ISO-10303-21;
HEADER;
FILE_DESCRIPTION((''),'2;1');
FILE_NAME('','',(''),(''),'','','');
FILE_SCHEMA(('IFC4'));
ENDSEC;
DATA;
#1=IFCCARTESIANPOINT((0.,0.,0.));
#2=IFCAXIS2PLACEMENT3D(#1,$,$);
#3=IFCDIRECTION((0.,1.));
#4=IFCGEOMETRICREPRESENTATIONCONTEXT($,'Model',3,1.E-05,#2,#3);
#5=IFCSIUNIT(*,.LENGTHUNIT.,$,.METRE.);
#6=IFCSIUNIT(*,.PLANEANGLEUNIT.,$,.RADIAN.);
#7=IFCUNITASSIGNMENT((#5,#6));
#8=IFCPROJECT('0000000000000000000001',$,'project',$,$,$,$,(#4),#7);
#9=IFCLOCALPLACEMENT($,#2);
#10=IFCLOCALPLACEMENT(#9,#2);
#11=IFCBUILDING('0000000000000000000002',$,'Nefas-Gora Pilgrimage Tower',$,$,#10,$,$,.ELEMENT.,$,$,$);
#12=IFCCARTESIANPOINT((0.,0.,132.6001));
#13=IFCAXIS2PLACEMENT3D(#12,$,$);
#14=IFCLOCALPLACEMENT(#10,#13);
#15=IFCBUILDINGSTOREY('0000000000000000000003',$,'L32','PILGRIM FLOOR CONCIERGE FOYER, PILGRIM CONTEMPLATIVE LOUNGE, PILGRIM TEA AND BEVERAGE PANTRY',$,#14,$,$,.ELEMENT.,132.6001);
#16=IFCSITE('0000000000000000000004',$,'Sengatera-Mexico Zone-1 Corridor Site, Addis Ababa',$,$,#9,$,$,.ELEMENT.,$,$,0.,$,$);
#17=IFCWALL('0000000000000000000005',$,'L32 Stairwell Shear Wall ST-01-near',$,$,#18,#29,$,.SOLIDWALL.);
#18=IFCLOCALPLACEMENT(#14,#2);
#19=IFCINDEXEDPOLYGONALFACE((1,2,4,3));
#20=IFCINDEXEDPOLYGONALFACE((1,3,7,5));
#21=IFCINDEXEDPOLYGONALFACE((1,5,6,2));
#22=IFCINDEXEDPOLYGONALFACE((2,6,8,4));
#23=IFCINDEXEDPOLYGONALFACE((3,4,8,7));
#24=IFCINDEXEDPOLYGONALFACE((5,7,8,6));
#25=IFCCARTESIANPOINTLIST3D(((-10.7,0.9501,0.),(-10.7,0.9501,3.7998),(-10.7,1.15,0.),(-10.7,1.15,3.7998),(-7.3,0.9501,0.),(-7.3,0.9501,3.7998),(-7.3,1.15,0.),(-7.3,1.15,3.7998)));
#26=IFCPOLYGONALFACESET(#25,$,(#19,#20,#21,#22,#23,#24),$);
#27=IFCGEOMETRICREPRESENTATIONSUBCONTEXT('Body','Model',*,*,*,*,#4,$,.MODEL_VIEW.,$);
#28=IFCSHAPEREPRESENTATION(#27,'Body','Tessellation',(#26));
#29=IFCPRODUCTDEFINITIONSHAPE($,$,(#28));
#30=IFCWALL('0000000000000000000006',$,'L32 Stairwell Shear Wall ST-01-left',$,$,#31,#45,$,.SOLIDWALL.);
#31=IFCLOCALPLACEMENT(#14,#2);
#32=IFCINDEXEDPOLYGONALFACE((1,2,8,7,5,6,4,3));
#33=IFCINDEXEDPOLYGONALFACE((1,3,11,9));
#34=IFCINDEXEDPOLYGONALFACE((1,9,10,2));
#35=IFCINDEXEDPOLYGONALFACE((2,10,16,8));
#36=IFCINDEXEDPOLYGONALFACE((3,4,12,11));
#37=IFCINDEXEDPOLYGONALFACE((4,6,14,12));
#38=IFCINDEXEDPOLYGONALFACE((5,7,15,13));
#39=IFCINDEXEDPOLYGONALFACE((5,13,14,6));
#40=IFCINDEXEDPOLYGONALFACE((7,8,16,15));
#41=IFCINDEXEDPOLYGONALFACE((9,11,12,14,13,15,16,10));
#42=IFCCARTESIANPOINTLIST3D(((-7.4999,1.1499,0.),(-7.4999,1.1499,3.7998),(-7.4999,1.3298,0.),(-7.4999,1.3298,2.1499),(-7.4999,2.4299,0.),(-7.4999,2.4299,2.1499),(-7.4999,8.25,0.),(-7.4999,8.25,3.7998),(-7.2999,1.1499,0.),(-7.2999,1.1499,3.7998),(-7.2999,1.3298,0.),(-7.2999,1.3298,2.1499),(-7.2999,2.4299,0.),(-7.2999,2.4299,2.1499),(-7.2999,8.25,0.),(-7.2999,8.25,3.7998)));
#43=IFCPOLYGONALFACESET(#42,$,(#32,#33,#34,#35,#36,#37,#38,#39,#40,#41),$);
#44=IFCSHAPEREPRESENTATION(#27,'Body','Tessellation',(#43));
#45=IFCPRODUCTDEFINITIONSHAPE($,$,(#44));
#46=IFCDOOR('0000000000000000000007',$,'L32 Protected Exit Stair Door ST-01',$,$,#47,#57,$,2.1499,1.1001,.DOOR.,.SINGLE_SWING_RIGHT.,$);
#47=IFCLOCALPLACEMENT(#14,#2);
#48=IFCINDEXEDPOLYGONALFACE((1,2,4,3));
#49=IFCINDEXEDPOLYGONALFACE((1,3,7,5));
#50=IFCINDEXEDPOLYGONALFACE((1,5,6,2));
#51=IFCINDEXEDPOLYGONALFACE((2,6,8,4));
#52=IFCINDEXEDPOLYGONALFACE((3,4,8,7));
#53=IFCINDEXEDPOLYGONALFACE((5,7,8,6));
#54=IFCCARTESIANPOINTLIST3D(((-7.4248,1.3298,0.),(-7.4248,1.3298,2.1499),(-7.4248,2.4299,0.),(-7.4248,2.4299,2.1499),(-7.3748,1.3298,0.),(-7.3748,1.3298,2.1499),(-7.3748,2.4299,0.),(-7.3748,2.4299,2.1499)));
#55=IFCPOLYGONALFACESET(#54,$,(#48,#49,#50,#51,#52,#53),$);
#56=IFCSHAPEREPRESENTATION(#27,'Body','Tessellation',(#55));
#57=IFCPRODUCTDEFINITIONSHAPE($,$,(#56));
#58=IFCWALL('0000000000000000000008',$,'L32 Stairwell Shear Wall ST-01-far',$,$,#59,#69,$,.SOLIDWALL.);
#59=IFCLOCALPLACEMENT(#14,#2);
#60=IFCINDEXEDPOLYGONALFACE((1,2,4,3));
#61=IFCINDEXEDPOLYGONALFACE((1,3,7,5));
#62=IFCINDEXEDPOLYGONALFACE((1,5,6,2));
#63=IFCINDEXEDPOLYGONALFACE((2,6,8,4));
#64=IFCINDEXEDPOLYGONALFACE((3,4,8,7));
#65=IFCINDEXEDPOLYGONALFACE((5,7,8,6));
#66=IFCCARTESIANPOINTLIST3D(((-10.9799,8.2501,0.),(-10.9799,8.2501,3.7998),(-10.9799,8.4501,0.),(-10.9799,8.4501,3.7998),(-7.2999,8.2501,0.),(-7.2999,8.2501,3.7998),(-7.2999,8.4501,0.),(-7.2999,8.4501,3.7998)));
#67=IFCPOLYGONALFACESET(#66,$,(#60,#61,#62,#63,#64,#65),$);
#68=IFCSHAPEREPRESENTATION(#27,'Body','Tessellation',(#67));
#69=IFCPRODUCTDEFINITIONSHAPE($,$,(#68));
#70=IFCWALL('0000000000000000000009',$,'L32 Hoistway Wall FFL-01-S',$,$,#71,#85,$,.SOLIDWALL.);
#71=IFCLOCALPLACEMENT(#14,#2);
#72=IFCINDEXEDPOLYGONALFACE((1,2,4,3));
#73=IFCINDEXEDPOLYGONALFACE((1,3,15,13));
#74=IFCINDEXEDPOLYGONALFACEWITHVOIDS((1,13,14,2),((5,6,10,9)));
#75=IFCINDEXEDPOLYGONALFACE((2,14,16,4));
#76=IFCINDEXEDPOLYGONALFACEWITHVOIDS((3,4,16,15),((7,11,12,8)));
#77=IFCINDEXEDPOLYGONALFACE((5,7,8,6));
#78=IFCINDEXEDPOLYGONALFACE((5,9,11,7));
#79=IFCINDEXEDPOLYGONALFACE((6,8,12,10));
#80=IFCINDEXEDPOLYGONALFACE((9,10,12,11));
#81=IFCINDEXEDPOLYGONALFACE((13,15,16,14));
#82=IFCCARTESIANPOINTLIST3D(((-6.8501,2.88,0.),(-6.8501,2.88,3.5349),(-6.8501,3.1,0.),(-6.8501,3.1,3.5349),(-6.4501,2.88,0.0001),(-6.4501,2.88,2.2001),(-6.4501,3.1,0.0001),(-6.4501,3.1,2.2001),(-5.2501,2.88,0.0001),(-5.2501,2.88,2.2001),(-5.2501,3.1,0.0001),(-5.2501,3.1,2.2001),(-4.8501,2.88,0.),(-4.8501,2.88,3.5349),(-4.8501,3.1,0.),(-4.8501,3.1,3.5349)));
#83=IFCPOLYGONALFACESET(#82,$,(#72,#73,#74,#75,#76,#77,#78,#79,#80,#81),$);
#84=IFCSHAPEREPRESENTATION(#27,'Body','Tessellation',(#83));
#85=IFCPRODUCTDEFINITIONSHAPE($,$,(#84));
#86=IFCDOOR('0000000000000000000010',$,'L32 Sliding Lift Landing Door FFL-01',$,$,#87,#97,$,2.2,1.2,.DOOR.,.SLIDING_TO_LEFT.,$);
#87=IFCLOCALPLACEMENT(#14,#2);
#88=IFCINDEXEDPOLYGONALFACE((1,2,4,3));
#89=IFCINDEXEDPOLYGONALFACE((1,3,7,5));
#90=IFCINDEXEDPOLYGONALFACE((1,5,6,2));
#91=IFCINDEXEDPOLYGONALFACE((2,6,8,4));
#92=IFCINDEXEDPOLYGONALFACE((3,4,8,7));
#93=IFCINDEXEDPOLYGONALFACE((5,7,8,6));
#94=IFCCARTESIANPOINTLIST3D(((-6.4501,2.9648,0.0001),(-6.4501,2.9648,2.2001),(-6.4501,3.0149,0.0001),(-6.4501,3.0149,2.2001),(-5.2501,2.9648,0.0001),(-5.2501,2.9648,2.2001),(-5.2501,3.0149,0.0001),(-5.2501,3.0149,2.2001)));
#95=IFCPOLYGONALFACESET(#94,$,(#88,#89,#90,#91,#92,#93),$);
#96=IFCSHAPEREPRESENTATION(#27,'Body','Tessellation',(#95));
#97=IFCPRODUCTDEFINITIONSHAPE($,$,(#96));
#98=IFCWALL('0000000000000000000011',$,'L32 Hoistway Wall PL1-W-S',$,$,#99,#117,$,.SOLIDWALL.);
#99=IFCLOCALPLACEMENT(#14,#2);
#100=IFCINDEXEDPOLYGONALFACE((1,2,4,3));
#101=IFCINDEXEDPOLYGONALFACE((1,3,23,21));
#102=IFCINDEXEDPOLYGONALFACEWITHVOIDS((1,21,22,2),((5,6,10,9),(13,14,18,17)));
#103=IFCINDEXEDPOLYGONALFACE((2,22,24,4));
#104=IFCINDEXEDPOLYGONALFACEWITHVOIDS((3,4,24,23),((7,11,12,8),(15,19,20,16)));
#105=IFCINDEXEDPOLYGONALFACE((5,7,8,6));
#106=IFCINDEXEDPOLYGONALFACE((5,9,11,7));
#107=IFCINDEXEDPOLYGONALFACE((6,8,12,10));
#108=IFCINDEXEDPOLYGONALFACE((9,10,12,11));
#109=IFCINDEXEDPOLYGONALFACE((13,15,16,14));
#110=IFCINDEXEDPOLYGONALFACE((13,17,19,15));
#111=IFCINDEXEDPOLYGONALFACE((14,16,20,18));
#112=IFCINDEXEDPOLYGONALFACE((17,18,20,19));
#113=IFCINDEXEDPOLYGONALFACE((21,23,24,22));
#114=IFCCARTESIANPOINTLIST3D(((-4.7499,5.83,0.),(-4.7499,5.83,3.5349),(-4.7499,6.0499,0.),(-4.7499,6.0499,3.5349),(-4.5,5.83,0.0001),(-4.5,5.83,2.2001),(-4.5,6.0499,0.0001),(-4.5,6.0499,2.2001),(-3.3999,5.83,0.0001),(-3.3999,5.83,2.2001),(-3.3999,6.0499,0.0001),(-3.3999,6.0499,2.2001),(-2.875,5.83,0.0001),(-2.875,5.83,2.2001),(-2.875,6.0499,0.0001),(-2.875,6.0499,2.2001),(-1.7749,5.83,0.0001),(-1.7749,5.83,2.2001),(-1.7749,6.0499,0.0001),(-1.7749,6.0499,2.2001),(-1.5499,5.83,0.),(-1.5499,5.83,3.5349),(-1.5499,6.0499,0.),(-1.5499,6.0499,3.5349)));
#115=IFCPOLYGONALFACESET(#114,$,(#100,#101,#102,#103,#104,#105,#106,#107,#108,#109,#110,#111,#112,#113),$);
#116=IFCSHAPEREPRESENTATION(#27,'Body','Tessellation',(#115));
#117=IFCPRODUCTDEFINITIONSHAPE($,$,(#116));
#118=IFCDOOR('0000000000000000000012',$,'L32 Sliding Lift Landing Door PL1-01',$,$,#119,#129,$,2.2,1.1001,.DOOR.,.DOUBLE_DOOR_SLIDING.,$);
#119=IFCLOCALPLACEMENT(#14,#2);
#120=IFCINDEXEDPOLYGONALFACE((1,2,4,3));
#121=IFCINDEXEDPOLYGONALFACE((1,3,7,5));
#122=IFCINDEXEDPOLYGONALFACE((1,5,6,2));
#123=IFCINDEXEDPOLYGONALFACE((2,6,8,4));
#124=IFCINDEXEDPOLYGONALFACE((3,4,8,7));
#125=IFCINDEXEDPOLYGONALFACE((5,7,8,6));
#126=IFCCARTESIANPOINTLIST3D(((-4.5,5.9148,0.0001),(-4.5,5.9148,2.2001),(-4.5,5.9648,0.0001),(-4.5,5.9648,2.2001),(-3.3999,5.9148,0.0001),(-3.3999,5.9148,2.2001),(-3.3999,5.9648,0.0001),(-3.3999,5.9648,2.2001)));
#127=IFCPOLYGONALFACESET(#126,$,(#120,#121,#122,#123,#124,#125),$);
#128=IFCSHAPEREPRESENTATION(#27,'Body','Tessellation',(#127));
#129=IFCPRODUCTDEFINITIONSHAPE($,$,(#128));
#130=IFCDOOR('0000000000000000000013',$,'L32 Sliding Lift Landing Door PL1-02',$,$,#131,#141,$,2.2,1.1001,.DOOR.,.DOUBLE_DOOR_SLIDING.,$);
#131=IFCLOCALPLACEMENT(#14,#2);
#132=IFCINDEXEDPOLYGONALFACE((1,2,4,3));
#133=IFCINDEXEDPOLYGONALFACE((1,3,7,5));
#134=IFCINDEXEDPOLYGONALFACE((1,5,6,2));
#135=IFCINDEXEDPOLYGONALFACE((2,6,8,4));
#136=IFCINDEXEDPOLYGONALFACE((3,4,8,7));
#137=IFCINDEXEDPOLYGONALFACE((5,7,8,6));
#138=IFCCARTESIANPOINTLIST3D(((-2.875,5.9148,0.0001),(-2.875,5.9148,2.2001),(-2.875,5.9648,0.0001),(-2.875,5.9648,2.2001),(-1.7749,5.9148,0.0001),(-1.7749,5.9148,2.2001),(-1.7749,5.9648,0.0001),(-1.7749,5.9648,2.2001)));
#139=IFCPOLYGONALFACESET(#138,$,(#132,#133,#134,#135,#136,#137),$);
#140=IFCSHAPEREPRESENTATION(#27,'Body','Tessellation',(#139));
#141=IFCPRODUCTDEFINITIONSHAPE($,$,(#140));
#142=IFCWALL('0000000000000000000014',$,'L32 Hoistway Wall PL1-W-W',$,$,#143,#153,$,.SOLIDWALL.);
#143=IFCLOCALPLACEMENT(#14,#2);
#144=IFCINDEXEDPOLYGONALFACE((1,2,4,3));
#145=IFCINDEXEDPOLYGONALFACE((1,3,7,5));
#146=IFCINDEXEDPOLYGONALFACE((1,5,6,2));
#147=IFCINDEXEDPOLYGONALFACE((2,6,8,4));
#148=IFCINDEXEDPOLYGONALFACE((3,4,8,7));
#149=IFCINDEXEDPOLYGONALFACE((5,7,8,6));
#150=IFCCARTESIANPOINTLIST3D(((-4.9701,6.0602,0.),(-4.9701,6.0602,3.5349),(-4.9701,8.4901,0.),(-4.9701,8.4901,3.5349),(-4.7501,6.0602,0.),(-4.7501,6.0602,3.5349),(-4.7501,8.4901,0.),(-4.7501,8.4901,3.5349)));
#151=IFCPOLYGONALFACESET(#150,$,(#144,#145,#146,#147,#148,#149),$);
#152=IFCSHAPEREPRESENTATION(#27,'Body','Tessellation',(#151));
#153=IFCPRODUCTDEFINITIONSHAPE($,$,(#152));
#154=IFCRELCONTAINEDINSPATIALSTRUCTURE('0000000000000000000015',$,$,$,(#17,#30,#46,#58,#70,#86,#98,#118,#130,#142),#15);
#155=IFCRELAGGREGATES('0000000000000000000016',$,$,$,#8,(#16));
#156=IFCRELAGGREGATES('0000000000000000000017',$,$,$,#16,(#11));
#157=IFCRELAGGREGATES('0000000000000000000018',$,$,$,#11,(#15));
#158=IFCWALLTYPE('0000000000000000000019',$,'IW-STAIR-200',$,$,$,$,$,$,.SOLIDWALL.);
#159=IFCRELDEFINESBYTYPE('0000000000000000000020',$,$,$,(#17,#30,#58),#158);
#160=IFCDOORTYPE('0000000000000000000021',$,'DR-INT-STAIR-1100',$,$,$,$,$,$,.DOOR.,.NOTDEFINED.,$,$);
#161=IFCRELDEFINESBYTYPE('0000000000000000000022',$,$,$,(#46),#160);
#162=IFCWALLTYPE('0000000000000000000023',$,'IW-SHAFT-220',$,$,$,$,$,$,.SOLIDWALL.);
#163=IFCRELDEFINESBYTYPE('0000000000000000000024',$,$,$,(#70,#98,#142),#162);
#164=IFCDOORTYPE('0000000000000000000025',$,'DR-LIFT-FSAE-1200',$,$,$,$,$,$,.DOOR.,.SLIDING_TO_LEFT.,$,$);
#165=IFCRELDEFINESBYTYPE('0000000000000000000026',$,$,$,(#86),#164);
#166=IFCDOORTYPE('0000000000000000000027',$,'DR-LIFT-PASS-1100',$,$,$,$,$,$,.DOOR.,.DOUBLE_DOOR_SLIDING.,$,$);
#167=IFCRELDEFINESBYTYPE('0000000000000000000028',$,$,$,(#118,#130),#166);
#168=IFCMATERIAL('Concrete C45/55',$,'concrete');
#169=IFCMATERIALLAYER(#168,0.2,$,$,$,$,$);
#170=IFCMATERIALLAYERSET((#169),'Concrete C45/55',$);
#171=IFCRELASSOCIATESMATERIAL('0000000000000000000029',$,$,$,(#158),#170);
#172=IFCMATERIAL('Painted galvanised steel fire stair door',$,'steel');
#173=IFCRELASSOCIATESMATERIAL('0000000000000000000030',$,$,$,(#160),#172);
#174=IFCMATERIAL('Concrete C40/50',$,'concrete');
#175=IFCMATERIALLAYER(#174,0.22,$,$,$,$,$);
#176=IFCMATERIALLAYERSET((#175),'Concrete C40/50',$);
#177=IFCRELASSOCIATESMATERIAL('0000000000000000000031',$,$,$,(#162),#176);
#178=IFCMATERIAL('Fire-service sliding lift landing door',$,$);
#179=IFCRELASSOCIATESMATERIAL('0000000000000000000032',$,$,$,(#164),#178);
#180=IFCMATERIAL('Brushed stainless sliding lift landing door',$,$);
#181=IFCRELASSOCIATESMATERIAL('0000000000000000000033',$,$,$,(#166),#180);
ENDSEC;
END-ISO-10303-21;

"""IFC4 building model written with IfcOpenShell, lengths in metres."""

from ifc_helpers import new_model, si_unit, direction, frame, frame_2d, origin, place, context, subcontext, project, spatial, rectangle, extrude, source, transform, mapped, material, layer, layer_set, type_object, element, fill, save


model = new_model("IFC4")

# Units and contexts
model_context = context("Model", 3, precision=1e-05, world=origin(), true_north=direction((0.0, 1.0)))
body_context = subcontext(model_context, "Body", "Model", "MODEL_VIEW")
ifc_project = project(units=[si_unit("LENGTHUNIT", "METRE"), si_unit("PLANEANGLEUNIT", "RADIAN")], contexts=[model_context])

# Site, building, storey
site_placement = place(None, origin())
site = spatial("IfcSite", under=ifc_project, at=site_placement, Name="Sengatera-Mexico Zone-1 Corridor Site, Addis Ababa", CompositionType="ELEMENT", RefElevation=0.0)
building_placement = place(site_placement, origin())
building = spatial("IfcBuilding", under=site, at=building_placement, Name="Nefas-Gora Pilgrimage Tower", CompositionType="ELEMENT")
storey_placement = place(building_placement, frame((0.0, 0.0, 132.6001)))
storey = spatial("IfcBuildingStorey", under=building, at=storey_placement, Name="L32", Description="PILGRIM FLOOR CONCIERGE FOYER, PILGRIM CONTEMPLATIVE LOUNGE, PILGRIM TEA AND BEVERAGE PANTRY", CompositionType="ELEMENT", Elevation=132.6001)

# Wall
ifc_material_1 = material(Name="Concrete C45/55", Category="concrete")
ifc_layer_1 = layer(ifc_material_1, 0.2)
ifc_layer_set_1 = layer_set([ifc_layer_1], Name="Concrete C45/55")
wall_type_1 = type_object("IfcWallType", Name="IW-STAIR-200", PredefinedType="SOLIDWALL", material=ifc_layer_set_1)
shared_shape_1 = source(origin(), body_context, "Body", "SweptSolid", [
    extrude(rectangle(XDim=3.3999, YDim=0.2, at=frame_2d((1.7, 0.0))), origin(), (0.0, 0.0, 1.0), 3.7998),
])
wall_1_placement = place(storey_placement, frame((-7.3, 1.05, 0.0), z_axis=(0.0, 0.0, 1.0), x_axis=(-1.0, 0.0, 0.0)))
element("IfcWall", 1, at=wall_1_placement, inside=storey, type_object=wall_type_1, Name="L32 Stairwell Shear Wall ST-01-near", PredefinedType="SOLIDWALL", context=body_context, shape_type="MappedRepresentation", body=[
    mapped(shared_shape_1, transform((0.0, 0.0, 0.0), x_axis=(1.0, 0.0, 0.0), y_axis=(0.0, 1.0, 0.0), z_axis=(0.0, 0.0, 1.0), scale=1.0)),
])

# Wall, opening, door
shared_shape_2 = source(origin(), body_context, "Body", "SweptSolid", [
    extrude(rectangle(XDim=7.1001, YDim=0.2, at=frame_2d((3.55, 0.0))), origin(), (0.0, 0.0, 1.0), 3.7998),
])
wall_2_placement = place(storey_placement, frame((-7.3999, 1.1499, 0.0), z_axis=(0.0, 0.0, 1.0), x_axis=(0.0, 1.0, 0.0)))
wall_2 = element("IfcWall", 2, at=wall_2_placement, inside=storey, type_object=wall_type_1, Name="L32 Stairwell Shear Wall ST-01-left", PredefinedType="SOLIDWALL", context=body_context, shape_type="MappedRepresentation", body=[
    mapped(shared_shape_2, transform((0.0, 0.0, 0.0), x_axis=(1.0, 0.0, 0.0), y_axis=(0.0, 1.0, 0.0), z_axis=(0.0, 0.0, 1.0), scale=1.0)),
])
opening_1_placement = place(wall_2_placement, frame((0.1799, 0.0, 0.0)))
opening_1 = element("IfcOpeningElement", 3, at=opening_1_placement, cuts=wall_2, PredefinedType="OPENING", context=body_context, shape_type="SweptSolid", body=[
    extrude(rectangle(XDim=1.1001, YDim=2.1499, at=frame_2d((0.55, 1.075))), frame((0.0, 0.1099, 0.0), z_axis=(0.0, -1.0, 0.0), x_axis=(1.0, 0.0, 0.0)), (0.0, 0.0, 1.0), 0.22),
])
ifc_material_2 = material(Name="Painted galvanised steel fire stair door", Category="steel")
door_type_1 = type_object("IfcDoorType", Name="DR-INT-STAIR-1100", OperationType="NOTDEFINED", PredefinedType="DOOR", material=ifc_material_2)
shared_shape_3 = source(origin(), body_context, "Body", "SweptSolid", [
    extrude(rectangle(XDim=1.1001, YDim=2.1499, at=frame_2d((0.55, 1.075))), frame((0.0, 0.0249, 0.0), z_axis=(0.0, -1.0, 0.0), x_axis=(1.0, 0.0, 0.0)), (0.0, 0.0, 1.0), 0.05),
])
door_1_placement = place(opening_1_placement, origin())
door_1 = element("IfcDoor", 4, at=door_1_placement, inside=storey, type_object=door_type_1, Name="L32 Protected Exit Stair Door ST-01", OperationType="SINGLE_SWING_RIGHT", OverallHeight=2.1499, OverallWidth=1.1001, PredefinedType="DOOR", context=body_context, shape_type="MappedRepresentation", body=[
    mapped(shared_shape_3, transform((0.0, 0.0, 0.0), x_axis=(1.0, 0.0, 0.0), y_axis=(0.0, 1.0, 0.0), z_axis=(0.0, 0.0, 1.0), scale=1.0)),
])
fill(opening_1, door_1)

# Wall
shared_shape_4 = source(origin(), body_context, "Body", "SweptSolid", [
    extrude(rectangle(XDim=3.6799, YDim=0.2, at=frame_2d((1.8398, 0.0))), origin(), (0.0, 0.0, 1.0), 3.7998),
])
wall_3_placement = place(storey_placement, frame((-7.3, 8.3501, 0.0), z_axis=(0.0, 0.0, 1.0), x_axis=(-1.0, 0.0, 0.0)))
element("IfcWall", 5, at=wall_3_placement, inside=storey, type_object=wall_type_1, Name="L32 Stairwell Shear Wall ST-01-far", PredefinedType="SOLIDWALL", context=body_context, shape_type="MappedRepresentation", body=[
    mapped(shared_shape_4, transform((0.0, 0.0, 0.0), x_axis=(1.0, 0.0, 0.0), y_axis=(0.0, 1.0, 0.0), z_axis=(0.0, 0.0, 1.0), scale=1.0)),
])

# Wall, opening, door
ifc_material_3 = material(Name="Concrete C40/50", Category="concrete")
ifc_layer_2 = layer(ifc_material_3, 0.22)
ifc_layer_set_2 = layer_set([ifc_layer_2], Name="Concrete C40/50")
wall_type_2 = type_object("IfcWallType", Name="IW-SHAFT-220", PredefinedType="SOLIDWALL", material=ifc_layer_set_2)
shared_shape_5 = source(origin(), body_context, "Body", "SweptSolid", [
    extrude(rectangle(XDim=2.0, YDim=0.22, at=frame_2d((1.0, 0.0))), origin(), (0.0, 0.0, 1.0), 3.5349),
])
wall_4_placement = place(storey_placement, frame((-6.8501, 2.99, 0.0), z_axis=(0.0, 0.0, 1.0), x_axis=(1.0, 0.0, 0.0)))
wall_4 = element("IfcWall", 6, at=wall_4_placement, inside=storey, type_object=wall_type_2, Name="L32 Hoistway Wall FFL-01-S", PredefinedType="SOLIDWALL", context=body_context, shape_type="MappedRepresentation", body=[
    mapped(shared_shape_5, transform((0.0, 0.0, 0.0), x_axis=(1.0, 0.0, 0.0), y_axis=(0.0, 1.0, 0.0), z_axis=(0.0, 0.0, 1.0), scale=1.0)),
])
opening_2_placement = place(wall_4_placement, frame((0.3999, 0.0, 0.0)))
opening_2 = element("IfcOpeningElement", 7, at=opening_2_placement, cuts=wall_4, PredefinedType="OPENING", context=body_context, shape_type="SweptSolid", body=[
    extrude(rectangle(XDim=1.2, YDim=2.2, at=frame_2d((0.6001, 1.1001))), frame((0.0, 0.1199, 0.0), z_axis=(0.0, -1.0, 0.0), x_axis=(1.0, 0.0, 0.0)), (0.0, 0.0, 1.0), 0.24),
])
ifc_material_4 = material(Name="Fire-service sliding lift landing door")
door_type_2 = type_object("IfcDoorType", Name="DR-LIFT-FSAE-1200", OperationType="SLIDING_TO_LEFT", PredefinedType="DOOR", material=ifc_material_4)
shared_shape_6 = source(origin(), body_context, "Body", "SweptSolid", [
    extrude(rectangle(XDim=1.2, YDim=2.2, at=frame_2d((0.6001, 1.1001))), frame((0.0, 0.0249, 0.0), z_axis=(0.0, -1.0, 0.0), x_axis=(1.0, 0.0, 0.0)), (0.0, 0.0, 1.0), 0.05),
])
door_2_placement = place(opening_2_placement, origin())
door_2 = element("IfcDoor", 8, at=door_2_placement, inside=storey, type_object=door_type_2, Name="L32 Sliding Lift Landing Door FFL-01", OperationType="SLIDING_TO_LEFT", OverallHeight=2.2, OverallWidth=1.2, PredefinedType="DOOR", context=body_context, shape_type="MappedRepresentation", body=[
    mapped(shared_shape_6, transform((0.0, 0.0, 0.0), x_axis=(1.0, 0.0, 0.0), y_axis=(0.0, 1.0, 0.0), z_axis=(0.0, 0.0, 1.0), scale=1.0)),
])
fill(opening_2, door_2)

# Wall, openings, doors
shared_shape_7 = source(origin(), body_context, "Body", "SweptSolid", [
    extrude(rectangle(XDim=3.2, YDim=0.22, at=frame_2d((1.6001, 0.0))), origin(), (0.0, 0.0, 1.0), 3.5349),
])
wall_5_placement = place(storey_placement, frame((-4.75, 5.9399, 0.0), z_axis=(0.0, 0.0, 1.0), x_axis=(1.0, 0.0, 0.0)))
wall_5 = element("IfcWall", 9, at=wall_5_placement, inside=storey, type_object=wall_type_2, Name="L32 Hoistway Wall PL1-W-S", PredefinedType="SOLIDWALL", context=body_context, shape_type="MappedRepresentation", body=[
    mapped(shared_shape_7, transform((0.0, 0.0, 0.0), x_axis=(1.0, 0.0, 0.0), y_axis=(0.0, 1.0, 0.0), z_axis=(0.0, 0.0, 1.0), scale=1.0)),
])
opening_3_placement = place(wall_5_placement, frame((0.25, 0.0, 0.0)))
opening_3 = element("IfcOpeningElement", 10, at=opening_3_placement, cuts=wall_5, PredefinedType="OPENING", context=body_context, shape_type="SweptSolid", body=[
    extrude(rectangle(XDim=1.1001, YDim=2.2, at=frame_2d((0.55, 1.1001))), frame((0.0, 0.1199, 0.0), z_axis=(0.0, -1.0, 0.0), x_axis=(1.0, 0.0, 0.0)), (0.0, 0.0, 1.0), 0.24),
])
opening_4_placement = place(wall_5_placement, frame((1.875, 0.0, 0.0)))
opening_4 = element("IfcOpeningElement", 11, at=opening_4_placement, cuts=wall_5, PredefinedType="OPENING", context=body_context, shape_type="SweptSolid", body=[
    extrude(rectangle(XDim=1.1001, YDim=2.2, at=frame_2d((0.55, 1.1001))), frame((0.0, 0.1199, 0.0), z_axis=(0.0, -1.0, 0.0), x_axis=(1.0, 0.0, 0.0)), (0.0, 0.0, 1.0), 0.24),
])
ifc_material_5 = material(Name="Brushed stainless sliding lift landing door")
door_type_3 = type_object("IfcDoorType", Name="DR-LIFT-PASS-1100", OperationType="DOUBLE_DOOR_SLIDING", PredefinedType="DOOR", material=ifc_material_5)
shared_shape_8 = source(origin(), body_context, "Body", "SweptSolid", [
    extrude(rectangle(XDim=1.1001, YDim=2.2, at=frame_2d((0.55, 1.1001))), frame((0.0, 0.0249, 0.0), z_axis=(0.0, -1.0, 0.0), x_axis=(1.0, 0.0, 0.0)), (0.0, 0.0, 1.0), 0.05),
])
door_3_placement = place(opening_3_placement, origin())
door_3 = element("IfcDoor", 12, at=door_3_placement, inside=storey, type_object=door_type_3, Name="L32 Sliding Lift Landing Door PL1-01", OperationType="DOUBLE_DOOR_SLIDING", OverallHeight=2.2, OverallWidth=1.1001, PredefinedType="DOOR", context=body_context, shape_type="MappedRepresentation", body=[
    mapped(shared_shape_8, transform((0.0, 0.0, 0.0), x_axis=(1.0, 0.0, 0.0), y_axis=(0.0, 1.0, 0.0), z_axis=(0.0, 0.0, 1.0), scale=1.0)),
])
fill(opening_3, door_3)
door_4_placement = place(opening_4_placement, origin())
door_4 = element("IfcDoor", 13, at=door_4_placement, inside=storey, type_object=door_type_3, Name="L32 Sliding Lift Landing Door PL1-02", OperationType="DOUBLE_DOOR_SLIDING", OverallHeight=2.2, OverallWidth=1.1001, PredefinedType="DOOR", context=body_context, shape_type="MappedRepresentation", body=[
    mapped(shared_shape_8, transform((0.0, 0.0, 0.0), x_axis=(1.0, 0.0, 0.0), y_axis=(0.0, 1.0, 0.0), z_axis=(0.0, 0.0, 1.0), scale=1.0)),
])
fill(opening_4, door_4)

# Wall
shared_shape_9 = source(origin(), body_context, "Body", "SweptSolid", [
    extrude(rectangle(XDim=2.4299, YDim=0.22, at=frame_2d((1.2148, 0.0))), origin(), (0.0, 0.0, 1.0), 3.5349),
])
wall_6_placement = place(storey_placement, frame((-4.8601, 8.49, 0.0), z_axis=(0.0, 0.0, 1.0), x_axis=(0.0, -1.0, 0.0)))
element("IfcWall", 14, at=wall_6_placement, inside=storey, type_object=wall_type_2, Name="L32 Hoistway Wall PL1-W-W", PredefinedType="SOLIDWALL", context=body_context, shape_type="MappedRepresentation", body=[
    mapped(shared_shape_9, transform((0.0, 0.0, 0.0), x_axis=(1.0, 0.0, 0.0), y_axis=(0.0, 1.0, 0.0), z_axis=(0.0, 0.0, 1.0), scale=1.0)),
])

save(model, "model.ifc")
